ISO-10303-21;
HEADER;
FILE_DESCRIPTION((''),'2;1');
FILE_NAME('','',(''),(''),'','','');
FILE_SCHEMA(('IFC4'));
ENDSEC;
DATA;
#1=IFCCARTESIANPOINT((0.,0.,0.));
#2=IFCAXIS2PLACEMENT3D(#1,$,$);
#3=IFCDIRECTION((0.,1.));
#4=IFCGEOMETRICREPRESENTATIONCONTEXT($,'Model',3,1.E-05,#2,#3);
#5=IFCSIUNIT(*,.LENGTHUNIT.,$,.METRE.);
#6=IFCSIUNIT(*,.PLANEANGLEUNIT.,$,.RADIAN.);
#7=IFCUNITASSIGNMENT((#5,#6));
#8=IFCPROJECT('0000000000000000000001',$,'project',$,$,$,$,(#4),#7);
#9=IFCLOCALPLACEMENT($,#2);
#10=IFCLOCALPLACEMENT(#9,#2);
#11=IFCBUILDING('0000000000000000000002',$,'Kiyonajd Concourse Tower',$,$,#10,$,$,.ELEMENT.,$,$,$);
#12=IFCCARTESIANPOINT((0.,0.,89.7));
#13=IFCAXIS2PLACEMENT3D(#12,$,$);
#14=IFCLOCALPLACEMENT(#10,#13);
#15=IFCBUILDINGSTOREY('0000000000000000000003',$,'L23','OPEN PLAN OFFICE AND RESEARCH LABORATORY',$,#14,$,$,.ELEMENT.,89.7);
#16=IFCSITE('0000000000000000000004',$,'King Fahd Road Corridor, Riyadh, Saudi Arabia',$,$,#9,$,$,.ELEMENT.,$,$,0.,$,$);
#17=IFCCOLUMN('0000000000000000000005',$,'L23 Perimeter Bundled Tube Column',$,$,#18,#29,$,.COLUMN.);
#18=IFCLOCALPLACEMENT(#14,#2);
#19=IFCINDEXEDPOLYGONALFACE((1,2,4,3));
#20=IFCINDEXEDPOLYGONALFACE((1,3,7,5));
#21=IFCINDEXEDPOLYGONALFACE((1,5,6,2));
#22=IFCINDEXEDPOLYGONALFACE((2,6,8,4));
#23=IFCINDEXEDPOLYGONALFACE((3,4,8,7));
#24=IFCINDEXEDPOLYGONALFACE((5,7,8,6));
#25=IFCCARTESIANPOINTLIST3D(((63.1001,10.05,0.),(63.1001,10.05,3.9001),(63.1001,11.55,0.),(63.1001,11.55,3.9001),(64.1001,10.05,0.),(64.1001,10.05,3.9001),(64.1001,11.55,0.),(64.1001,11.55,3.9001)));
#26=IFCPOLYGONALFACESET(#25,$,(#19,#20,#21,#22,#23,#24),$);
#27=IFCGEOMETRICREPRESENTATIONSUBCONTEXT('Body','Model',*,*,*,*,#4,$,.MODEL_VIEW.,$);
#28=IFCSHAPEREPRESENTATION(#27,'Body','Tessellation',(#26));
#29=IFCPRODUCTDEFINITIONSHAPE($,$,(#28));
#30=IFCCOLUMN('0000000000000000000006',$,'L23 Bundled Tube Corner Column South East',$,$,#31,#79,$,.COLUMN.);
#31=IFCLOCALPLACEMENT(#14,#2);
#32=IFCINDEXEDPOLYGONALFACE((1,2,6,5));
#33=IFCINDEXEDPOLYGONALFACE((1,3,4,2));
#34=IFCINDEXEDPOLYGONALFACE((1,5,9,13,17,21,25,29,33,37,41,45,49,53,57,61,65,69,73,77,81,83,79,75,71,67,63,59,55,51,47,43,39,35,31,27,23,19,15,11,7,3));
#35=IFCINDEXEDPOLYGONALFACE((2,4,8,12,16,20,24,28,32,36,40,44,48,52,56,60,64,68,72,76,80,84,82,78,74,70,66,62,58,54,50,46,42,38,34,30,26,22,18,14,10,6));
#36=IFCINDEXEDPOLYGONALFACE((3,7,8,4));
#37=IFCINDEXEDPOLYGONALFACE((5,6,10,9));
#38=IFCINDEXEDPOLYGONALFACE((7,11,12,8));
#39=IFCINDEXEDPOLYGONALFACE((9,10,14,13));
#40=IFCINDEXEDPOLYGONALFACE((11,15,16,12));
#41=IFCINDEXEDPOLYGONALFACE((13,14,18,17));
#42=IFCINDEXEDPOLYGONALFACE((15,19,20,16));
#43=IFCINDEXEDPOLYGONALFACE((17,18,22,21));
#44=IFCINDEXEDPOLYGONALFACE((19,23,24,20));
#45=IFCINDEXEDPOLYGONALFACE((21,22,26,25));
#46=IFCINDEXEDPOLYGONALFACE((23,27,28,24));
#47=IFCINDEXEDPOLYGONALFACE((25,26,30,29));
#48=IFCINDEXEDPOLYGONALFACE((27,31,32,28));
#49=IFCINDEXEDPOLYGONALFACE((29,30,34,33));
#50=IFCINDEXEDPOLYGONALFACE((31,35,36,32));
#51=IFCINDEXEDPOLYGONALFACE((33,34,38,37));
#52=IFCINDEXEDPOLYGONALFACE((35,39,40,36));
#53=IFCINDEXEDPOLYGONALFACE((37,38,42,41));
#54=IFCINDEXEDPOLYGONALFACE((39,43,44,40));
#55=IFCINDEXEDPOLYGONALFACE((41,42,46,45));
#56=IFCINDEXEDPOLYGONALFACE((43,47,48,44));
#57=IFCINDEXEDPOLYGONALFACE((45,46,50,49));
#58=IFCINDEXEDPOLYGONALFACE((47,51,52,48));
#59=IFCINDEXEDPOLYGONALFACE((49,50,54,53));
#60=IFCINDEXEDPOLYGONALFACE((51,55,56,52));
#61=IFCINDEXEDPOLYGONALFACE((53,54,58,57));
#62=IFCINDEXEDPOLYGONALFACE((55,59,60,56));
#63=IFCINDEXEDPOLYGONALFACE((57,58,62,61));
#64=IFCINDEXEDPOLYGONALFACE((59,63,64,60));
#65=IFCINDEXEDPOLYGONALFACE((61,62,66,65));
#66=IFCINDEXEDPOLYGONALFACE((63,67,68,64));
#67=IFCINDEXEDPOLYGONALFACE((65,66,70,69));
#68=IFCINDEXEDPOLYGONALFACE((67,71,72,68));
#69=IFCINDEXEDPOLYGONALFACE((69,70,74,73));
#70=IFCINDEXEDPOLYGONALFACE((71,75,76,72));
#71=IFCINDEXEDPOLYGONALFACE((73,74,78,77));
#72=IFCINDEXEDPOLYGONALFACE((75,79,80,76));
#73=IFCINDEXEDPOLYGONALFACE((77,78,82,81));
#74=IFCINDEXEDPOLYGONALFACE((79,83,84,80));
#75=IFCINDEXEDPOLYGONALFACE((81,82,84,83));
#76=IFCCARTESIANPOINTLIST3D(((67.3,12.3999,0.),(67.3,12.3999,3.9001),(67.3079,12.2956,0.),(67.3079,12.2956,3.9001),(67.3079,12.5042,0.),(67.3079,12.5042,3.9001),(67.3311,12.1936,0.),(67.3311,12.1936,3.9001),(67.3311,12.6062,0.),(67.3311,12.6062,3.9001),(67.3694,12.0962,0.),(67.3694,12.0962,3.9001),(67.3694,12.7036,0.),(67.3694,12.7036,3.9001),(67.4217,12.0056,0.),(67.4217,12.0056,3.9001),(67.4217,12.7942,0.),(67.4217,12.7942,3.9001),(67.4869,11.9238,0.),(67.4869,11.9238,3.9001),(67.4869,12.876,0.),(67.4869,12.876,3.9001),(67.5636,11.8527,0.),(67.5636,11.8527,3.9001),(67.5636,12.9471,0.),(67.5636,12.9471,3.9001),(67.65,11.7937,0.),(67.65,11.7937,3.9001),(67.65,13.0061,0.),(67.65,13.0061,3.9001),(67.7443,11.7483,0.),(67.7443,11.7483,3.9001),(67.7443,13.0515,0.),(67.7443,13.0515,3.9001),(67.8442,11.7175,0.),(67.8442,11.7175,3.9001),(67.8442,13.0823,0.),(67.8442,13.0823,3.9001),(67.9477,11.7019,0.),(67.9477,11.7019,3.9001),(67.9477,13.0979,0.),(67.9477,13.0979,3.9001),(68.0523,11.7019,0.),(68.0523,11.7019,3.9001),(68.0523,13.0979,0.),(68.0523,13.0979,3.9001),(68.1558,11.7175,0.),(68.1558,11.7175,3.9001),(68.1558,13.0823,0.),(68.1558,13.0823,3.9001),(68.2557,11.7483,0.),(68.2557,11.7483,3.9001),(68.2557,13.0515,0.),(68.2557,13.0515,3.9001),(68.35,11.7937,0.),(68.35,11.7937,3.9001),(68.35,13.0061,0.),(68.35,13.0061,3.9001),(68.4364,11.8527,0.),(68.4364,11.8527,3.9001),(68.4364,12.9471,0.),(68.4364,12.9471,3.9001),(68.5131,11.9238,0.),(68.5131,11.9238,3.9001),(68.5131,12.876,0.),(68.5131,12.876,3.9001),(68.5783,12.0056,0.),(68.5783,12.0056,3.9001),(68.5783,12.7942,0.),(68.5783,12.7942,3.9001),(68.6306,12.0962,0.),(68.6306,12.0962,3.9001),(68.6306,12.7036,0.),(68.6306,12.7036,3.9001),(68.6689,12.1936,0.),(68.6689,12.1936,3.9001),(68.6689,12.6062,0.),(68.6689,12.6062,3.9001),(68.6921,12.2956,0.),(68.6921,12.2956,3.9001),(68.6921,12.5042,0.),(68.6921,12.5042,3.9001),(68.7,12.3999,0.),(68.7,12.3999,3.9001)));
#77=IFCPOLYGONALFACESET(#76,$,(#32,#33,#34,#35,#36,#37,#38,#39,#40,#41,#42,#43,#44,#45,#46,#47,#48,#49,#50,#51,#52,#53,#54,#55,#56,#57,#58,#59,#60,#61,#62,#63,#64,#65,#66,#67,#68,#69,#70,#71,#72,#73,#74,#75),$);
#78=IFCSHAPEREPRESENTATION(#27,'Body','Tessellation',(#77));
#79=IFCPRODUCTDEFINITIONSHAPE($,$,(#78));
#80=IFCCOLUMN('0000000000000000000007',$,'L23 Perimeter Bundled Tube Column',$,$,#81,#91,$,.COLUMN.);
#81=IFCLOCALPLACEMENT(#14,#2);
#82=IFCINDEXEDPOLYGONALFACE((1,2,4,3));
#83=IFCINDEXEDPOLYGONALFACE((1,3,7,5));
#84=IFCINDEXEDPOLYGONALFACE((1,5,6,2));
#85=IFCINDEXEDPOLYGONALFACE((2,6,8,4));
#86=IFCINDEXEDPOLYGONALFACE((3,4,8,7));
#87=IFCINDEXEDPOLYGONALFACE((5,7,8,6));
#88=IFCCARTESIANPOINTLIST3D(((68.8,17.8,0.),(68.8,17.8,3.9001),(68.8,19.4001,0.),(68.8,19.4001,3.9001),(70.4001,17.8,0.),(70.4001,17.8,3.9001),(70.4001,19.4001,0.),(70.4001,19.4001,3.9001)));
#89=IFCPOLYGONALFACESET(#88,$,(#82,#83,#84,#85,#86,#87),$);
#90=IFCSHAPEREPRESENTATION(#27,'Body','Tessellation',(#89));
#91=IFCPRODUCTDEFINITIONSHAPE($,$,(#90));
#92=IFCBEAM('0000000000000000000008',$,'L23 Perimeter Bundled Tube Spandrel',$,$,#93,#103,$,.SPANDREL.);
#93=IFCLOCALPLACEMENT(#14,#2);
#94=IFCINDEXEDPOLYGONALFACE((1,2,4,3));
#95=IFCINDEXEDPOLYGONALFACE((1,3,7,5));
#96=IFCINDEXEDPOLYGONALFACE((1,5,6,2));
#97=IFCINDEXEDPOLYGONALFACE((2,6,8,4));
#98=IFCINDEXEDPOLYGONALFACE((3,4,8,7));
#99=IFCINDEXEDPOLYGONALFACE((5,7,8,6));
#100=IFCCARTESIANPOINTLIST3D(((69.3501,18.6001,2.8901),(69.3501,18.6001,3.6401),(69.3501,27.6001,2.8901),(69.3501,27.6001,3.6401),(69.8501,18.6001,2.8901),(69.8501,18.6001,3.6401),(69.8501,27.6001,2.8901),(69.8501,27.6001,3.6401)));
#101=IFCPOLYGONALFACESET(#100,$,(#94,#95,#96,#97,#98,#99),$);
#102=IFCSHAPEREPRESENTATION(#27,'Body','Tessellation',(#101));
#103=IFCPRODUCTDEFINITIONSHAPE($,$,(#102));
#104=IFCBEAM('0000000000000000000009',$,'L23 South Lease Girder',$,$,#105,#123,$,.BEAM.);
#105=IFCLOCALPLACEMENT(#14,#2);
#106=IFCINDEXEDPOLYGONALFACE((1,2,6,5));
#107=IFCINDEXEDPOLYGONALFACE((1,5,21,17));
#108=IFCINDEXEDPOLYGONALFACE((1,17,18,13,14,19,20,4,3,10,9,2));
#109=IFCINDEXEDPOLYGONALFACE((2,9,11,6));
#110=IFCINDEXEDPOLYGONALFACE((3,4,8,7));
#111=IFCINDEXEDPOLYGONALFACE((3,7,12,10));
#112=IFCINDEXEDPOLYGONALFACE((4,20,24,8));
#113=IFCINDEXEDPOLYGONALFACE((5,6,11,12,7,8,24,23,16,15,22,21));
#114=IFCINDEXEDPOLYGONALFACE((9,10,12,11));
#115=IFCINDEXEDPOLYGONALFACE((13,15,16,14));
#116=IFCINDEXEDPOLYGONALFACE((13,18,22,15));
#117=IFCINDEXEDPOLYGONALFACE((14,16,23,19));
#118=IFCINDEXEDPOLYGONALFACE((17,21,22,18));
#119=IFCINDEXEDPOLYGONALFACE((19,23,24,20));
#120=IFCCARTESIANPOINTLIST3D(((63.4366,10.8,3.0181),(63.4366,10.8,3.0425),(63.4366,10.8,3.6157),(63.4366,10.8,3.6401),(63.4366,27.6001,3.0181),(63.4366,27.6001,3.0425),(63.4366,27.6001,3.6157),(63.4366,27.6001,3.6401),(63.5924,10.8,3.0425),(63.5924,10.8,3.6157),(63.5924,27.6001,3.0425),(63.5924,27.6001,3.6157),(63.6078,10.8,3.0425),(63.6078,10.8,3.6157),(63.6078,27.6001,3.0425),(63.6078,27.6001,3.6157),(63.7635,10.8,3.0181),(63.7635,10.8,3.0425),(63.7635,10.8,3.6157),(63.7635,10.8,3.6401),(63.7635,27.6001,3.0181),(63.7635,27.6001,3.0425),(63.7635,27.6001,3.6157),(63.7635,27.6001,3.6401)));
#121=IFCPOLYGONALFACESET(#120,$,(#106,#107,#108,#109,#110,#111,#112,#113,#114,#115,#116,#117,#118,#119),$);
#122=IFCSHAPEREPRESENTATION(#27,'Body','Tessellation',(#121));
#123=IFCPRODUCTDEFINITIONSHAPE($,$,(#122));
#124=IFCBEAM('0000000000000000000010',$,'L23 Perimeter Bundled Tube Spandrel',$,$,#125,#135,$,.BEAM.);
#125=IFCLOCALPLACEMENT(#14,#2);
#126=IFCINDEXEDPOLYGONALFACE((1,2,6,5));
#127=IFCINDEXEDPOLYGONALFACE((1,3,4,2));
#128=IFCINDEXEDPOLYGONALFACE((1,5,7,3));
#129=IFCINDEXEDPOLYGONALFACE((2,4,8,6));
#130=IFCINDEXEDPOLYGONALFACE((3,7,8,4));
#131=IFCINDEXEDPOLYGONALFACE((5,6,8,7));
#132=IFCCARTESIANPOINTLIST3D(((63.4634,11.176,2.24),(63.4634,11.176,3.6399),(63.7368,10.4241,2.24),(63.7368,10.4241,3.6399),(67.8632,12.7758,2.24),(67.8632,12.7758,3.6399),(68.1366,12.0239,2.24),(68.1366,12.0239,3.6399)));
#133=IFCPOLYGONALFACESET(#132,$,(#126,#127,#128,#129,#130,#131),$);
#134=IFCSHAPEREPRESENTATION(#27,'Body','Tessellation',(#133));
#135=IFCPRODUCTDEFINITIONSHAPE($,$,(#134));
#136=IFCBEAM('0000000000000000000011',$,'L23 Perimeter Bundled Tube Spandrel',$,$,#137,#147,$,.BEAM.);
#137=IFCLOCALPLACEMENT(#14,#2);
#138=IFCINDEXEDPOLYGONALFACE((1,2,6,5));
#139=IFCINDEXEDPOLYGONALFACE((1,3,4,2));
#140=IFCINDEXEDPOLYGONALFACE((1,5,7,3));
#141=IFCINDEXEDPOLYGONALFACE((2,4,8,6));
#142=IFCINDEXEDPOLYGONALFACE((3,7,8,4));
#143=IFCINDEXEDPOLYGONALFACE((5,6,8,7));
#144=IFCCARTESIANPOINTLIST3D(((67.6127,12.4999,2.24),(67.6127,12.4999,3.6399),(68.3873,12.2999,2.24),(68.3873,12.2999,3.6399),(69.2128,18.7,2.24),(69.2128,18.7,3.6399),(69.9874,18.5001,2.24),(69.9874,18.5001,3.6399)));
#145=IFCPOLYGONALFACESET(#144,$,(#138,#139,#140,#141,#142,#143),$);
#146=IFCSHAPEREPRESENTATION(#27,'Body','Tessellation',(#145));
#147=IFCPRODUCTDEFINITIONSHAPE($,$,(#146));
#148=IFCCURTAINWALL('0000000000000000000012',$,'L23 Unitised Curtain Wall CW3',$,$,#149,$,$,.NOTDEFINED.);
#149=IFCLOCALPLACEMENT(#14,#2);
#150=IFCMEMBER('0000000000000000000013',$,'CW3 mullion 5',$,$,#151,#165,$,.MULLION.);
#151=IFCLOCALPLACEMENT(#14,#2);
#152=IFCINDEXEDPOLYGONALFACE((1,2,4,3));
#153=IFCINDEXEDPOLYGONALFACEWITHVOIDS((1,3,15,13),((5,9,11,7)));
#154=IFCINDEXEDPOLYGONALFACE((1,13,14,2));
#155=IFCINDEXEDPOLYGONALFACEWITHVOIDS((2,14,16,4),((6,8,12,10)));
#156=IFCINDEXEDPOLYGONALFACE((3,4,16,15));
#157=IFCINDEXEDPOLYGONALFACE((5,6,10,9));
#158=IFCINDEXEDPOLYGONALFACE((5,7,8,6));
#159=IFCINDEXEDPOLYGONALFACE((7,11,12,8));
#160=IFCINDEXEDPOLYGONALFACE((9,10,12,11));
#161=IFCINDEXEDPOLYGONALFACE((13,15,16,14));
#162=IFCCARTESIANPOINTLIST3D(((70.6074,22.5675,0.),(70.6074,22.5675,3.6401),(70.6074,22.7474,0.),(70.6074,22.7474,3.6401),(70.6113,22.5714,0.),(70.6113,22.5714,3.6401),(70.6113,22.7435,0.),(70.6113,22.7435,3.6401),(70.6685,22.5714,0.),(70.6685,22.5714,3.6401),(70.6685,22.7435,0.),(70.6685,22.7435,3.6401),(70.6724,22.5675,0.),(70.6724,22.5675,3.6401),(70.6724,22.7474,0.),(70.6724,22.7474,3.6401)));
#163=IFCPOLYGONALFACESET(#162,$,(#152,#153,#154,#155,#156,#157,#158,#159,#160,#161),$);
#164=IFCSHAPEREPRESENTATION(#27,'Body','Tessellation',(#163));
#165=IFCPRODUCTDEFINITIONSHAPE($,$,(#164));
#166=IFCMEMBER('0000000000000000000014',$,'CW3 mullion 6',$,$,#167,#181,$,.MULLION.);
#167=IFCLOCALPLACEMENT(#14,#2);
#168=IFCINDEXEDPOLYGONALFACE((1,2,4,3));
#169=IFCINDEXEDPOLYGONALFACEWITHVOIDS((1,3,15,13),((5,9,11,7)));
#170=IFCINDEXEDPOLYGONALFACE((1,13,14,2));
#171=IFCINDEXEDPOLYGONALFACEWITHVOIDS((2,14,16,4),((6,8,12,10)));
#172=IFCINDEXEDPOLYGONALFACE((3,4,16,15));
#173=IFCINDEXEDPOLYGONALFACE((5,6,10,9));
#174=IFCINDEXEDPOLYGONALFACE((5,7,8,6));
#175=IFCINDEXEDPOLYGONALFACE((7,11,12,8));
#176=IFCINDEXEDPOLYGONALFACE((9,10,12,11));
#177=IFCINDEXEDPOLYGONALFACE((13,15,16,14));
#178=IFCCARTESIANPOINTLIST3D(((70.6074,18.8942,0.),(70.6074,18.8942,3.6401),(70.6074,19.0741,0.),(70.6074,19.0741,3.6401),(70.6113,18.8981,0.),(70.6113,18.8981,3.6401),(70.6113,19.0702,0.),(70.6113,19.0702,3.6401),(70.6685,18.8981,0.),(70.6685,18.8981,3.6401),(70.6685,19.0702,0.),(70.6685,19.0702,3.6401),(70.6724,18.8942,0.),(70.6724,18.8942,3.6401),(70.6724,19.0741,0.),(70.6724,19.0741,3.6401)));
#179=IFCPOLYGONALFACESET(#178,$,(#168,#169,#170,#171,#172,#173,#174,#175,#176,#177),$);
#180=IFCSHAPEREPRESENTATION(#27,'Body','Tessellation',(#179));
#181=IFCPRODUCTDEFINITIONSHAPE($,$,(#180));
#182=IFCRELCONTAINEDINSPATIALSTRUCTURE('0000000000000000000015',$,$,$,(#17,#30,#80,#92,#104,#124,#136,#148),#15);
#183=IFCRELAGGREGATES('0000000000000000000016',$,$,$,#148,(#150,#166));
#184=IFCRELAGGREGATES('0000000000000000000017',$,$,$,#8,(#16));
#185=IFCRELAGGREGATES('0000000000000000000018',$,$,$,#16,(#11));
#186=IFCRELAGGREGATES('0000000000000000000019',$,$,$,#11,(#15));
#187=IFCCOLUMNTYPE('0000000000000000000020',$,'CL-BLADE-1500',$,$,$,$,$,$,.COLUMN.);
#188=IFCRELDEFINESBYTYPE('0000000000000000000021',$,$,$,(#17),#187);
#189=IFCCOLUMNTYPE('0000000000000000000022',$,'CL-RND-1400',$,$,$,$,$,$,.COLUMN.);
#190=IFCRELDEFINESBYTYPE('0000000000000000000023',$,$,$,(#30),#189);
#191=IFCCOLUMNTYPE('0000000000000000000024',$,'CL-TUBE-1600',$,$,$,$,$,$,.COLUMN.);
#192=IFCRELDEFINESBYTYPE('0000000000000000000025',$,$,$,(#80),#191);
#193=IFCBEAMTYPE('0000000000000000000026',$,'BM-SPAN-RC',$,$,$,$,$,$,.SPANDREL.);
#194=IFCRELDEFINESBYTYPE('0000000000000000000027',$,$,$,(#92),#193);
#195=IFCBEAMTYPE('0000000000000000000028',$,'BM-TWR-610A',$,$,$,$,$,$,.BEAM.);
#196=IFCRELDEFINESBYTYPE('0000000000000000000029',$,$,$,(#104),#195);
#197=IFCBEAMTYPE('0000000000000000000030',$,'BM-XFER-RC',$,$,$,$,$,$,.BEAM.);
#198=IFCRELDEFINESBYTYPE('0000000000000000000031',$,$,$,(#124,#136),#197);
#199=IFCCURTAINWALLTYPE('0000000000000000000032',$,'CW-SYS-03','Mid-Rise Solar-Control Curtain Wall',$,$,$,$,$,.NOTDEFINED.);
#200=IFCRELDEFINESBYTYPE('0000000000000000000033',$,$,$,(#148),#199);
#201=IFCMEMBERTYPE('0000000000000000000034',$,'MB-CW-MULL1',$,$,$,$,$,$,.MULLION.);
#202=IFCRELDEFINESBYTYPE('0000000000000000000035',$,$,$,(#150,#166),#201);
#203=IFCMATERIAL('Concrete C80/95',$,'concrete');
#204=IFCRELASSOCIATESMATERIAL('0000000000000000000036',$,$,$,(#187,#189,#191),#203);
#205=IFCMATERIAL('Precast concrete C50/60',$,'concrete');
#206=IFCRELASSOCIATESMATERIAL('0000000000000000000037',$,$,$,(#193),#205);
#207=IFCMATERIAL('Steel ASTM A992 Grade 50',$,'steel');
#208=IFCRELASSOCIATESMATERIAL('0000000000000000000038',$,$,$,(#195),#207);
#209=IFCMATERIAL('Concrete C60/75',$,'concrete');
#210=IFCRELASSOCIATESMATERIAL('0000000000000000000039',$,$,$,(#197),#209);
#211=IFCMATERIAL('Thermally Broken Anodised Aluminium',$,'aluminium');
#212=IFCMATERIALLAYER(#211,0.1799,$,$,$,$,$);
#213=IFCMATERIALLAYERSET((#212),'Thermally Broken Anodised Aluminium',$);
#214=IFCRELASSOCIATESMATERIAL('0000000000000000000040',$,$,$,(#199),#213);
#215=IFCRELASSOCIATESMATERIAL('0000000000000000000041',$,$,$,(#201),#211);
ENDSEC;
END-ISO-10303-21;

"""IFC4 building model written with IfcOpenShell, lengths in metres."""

from ifc_helpers import new_model, si_unit, direction, frame, origin, origin_2d, place, context, subcontext, project, spatial, rectangle, hollow_rectangle, circle, i_section, extrude, material, layer, layer_set, material_profile, profile_set, type_object, element, aggregate, save


model = new_model("IFC4")

# Units and contexts
model_context = context("Model", 3, precision=1e-05, world=origin(), true_north=direction((0.0, 1.0)))
body_context = subcontext(model_context, "Body", "Model", "MODEL_VIEW")
ifc_project = project(units=[si_unit("LENGTHUNIT", "METRE"), si_unit("PLANEANGLEUNIT", "RADIAN")], contexts=[model_context])

# Site, building, storey
site_placement = place(None, origin())
site = spatial("IfcSite", under=ifc_project, at=site_placement, Name="King Fahd Road Corridor, Riyadh, Saudi Arabia", CompositionType="ELEMENT", RefElevation=0.0)
building_placement = place(site_placement, origin())
building = spatial("IfcBuilding", under=site, at=building_placement, Name="Kiyonajd Concourse Tower", CompositionType="ELEMENT")
storey_placement = place(building_placement, frame((0.0, 0.0, 89.7)))
storey = spatial("IfcBuildingStorey", under=building, at=storey_placement, Name="L23", Description="OPEN PLAN OFFICE AND RESEARCH LABORATORY", CompositionType="ELEMENT", Elevation=89.7)

# Columns
ifc_material_1 = material(Name="Concrete C80/95", Category="concrete")
ifc_material_profile_1 = material_profile(ifc_material_1, rectangle(XDim=1.0, YDim=1.5, at=origin_2d()), Name="RC-1500x1000")
ifc_profile_set_1 = profile_set([ifc_material_profile_1], Name="Concrete C80/95")
column_type_1 = type_object("IfcColumnType", Name="CL-BLADE-1500", PredefinedType="COLUMN", material=ifc_profile_set_1)
column_1_placement = place(storey_placement, frame((63.6001, 10.8, 0.0), z_axis=(0.0, 0.0, 1.0), x_axis=(1.0, 0.0, 0.0)))
element("IfcColumn", 1, at=column_1_placement, inside=storey, type_object=column_type_1, Name="L23 Perimeter Bundled Tube Column", PredefinedType="COLUMN", context=body_context, shape_type="SweptSolid", body=[
    extrude(rectangle(XDim=1.0, YDim=1.5, at=origin_2d()), origin(), (0.0, 0.0, 1.0), 3.9001),
])
ifc_material_profile_2 = material_profile(ifc_material_1, circle(Radius=0.7, at=origin_2d()), Name="RCC-D1400")
ifc_profile_set_2 = profile_set([ifc_material_profile_2], Name="Concrete C80/95")
column_type_2 = type_object("IfcColumnType", Name="CL-RND-1400", PredefinedType="COLUMN", material=ifc_profile_set_2)
column_2_placement = place(storey_placement, frame((68.0, 12.3999, 0.0), z_axis=(0.0, 0.0, 1.0), x_axis=(1.0, 0.0, 0.0)))
element("IfcColumn", 2, at=column_2_placement, inside=storey, type_object=column_type_2, Name="L23 Bundled Tube Corner Column South East", PredefinedType="COLUMN", context=body_context, shape_type="SweptSolid", body=[
    extrude(circle(Radius=0.7, at=origin_2d()), origin(), (0.0, 0.0, 1.0), 3.9001),
])
ifc_material_profile_3 = material_profile(ifc_material_1, rectangle(XDim=1.6001, YDim=1.6001, at=origin_2d()), Name="RC-1600x1600")
ifc_profile_set_3 = profile_set([ifc_material_profile_3], Name="Concrete C80/95")
column_type_3 = type_object("IfcColumnType", Name="CL-TUBE-1600", PredefinedType="COLUMN", material=ifc_profile_set_3)
column_3_placement = place(storey_placement, frame((69.6001, 18.6001, 0.0), z_axis=(0.0, 0.0, 1.0), x_axis=(1.0, 0.0, 0.0)))
element("IfcColumn", 3, at=column_3_placement, inside=storey, type_object=column_type_3, Name="L23 Perimeter Bundled Tube Column", PredefinedType="COLUMN", context=body_context, shape_type="SweptSolid", body=[
    extrude(rectangle(XDim=1.6001, YDim=1.6001, at=origin_2d()), origin(), (0.0, 0.0, 1.0), 3.9001),
])

# Beams
ifc_material_2 = material(Name="Precast concrete C50/60", Category="concrete")
ifc_material_profile_4 = material_profile(ifc_material_2, rectangle(XDim=0.5, YDim=0.75, at=origin_2d()), Name="RCBM-500x750")
ifc_profile_set_4 = profile_set([ifc_material_profile_4], Name="Precast concrete C50/60")
beam_type_1 = type_object("IfcBeamType", Name="BM-SPAN-RC", PredefinedType="SPANDREL", material=ifc_profile_set_4)
beam_1_placement = place(storey_placement, frame((69.6001, 18.6001, 3.2651), z_axis=(0.0, 1.0, 0.0), x_axis=(-1.0, 0.0, 0.0)))
element("IfcBeam", 4, at=beam_1_placement, inside=storey, type_object=beam_type_1, Name="L23 Perimeter Bundled Tube Spandrel", PredefinedType="SPANDREL", context=body_context, shape_type="SweptSolid", body=[
    extrude(rectangle(XDim=0.5, YDim=0.75, at=origin_2d()), origin(), (0.0, 0.0, 1.0), 9.0),
])
ifc_material_3 = material(Name="Steel ASTM A992 Grade 50", Category="steel")
ifc_material_profile_5 = material_profile(ifc_material_3, i_section(OverallWidth=0.3269, OverallDepth=0.6221, WebThickness=0.0154, FlangeThickness=0.0244, at=origin_2d()), Name="W610X195")
ifc_profile_set_5 = profile_set([ifc_material_profile_5], Name="Steel ASTM A992 Grade 50")
beam_type_2 = type_object("IfcBeamType", Name="BM-TWR-610A", PredefinedType="BEAM", material=ifc_profile_set_5)
beam_2_placement = place(storey_placement, frame((63.6001, 10.8, 3.3291), z_axis=(0.0, 1.0, 0.0), x_axis=(-1.0, 0.0, 0.0)))
element("IfcBeam", 5, at=beam_2_placement, inside=storey, type_object=beam_type_2, Name="L23 South Lease Girder", PredefinedType="BEAM", context=body_context, shape_type="SweptSolid", body=[
    extrude(i_section(OverallWidth=0.3269, OverallDepth=0.6221, WebThickness=0.0154, FlangeThickness=0.0244, at=origin_2d()), origin(), (0.0, 0.0, 1.0), 16.8),
])
ifc_material_4 = material(Name="Concrete C60/75", Category="concrete")
ifc_material_profile_6 = material_profile(ifc_material_4, rectangle(XDim=0.8, YDim=1.3999, at=origin_2d()), Name="RCBM-800x1400")
ifc_profile_set_6 = profile_set([ifc_material_profile_6], Name="Concrete C60/75")
beam_type_3 = type_object("IfcBeamType", Name="BM-XFER-RC", PredefinedType="BEAM", material=ifc_profile_set_6)
beam_3_placement = place(storey_placement, frame((63.6001, 10.8, 2.9399), z_axis=(0.939801, 0.341722, 0.0), x_axis=(-0.341722, 0.939801, 0.0)))
element("IfcBeam", 6, at=beam_3_placement, inside=storey, type_object=beam_type_3, Name="L23 Perimeter Bundled Tube Spandrel", PredefinedType="BEAM", context=body_context, shape_type="SweptSolid", body=[
    extrude(rectangle(XDim=0.8, YDim=1.3999, at=origin_2d()), origin(), (0.0, 0.0, 1.0), 4.6816),
])
beam_4_placement = place(storey_placement, frame((68.0, 12.3999, 2.9399), z_axis=(0.249885, 0.968276, 0.0), x_axis=(-0.968276, 0.249885, 0.0)))
element("IfcBeam", 7, at=beam_4_placement, inside=storey, type_object=beam_type_3, Name="L23 Perimeter Bundled Tube Spandrel", PredefinedType="BEAM", context=body_context, shape_type="SweptSolid", body=[
    extrude(rectangle(XDim=0.8, YDim=1.3999, at=origin_2d()), origin(), (0.0, 0.0, 1.0), 6.4033),
])

# Curtain wall, members
ifc_material_5 = material(Name="Thermally Broken Anodised Aluminium", Category="aluminium")
ifc_layer_1 = layer(ifc_material_5, 0.1799)
ifc_layer_set_1 = layer_set([ifc_layer_1], Name="Thermally Broken Anodised Aluminium")
curtain_wall_type = type_object("IfcCurtainWallType", Name="CW-SYS-03", Description="Mid-Rise Solar-Control Curtain Wall", PredefinedType="NOTDEFINED", material=ifc_layer_set_1)
curtain_wall_placement = place(storey_placement, origin())
curtain_wall = element("IfcCurtainWall", 8, at=curtain_wall_placement, inside=storey, type_object=curtain_wall_type, Name="L23 Unitised Curtain Wall CW3", PredefinedType="NOTDEFINED")
ifc_material_profile_7 = material_profile(ifc_material_5, hollow_rectangle(XDim=0.0649, YDim=0.1799, WallThickness=0.0039, at=origin_2d()), Name="MULL-65x180")
ifc_profile_set_7 = profile_set([ifc_material_profile_7], Name="Thermally Broken Anodised Aluminium")
member_type_1 = type_object("IfcMemberType", Name="MB-CW-MULL1", PredefinedType="MULLION", material=ifc_profile_set_7)
member_1_placement = place(storey_placement, frame((70.6399, 22.6575, 0.0), z_axis=(0.0, 0.0, 1.0), x_axis=(1.0, 0.0, 0.0)))
member_1 = element("IfcMember", 9, at=member_1_placement, type_object=member_type_1, Name="CW3 mullion 5", PredefinedType="MULLION", context=body_context, shape_type="SweptSolid", body=[
    extrude(hollow_rectangle(XDim=0.0649, YDim=0.1799, WallThickness=0.0039, at=origin_2d()), origin(), (0.0, 0.0, 1.0), 3.6401),
])
member_2_placement = place(storey_placement, frame((70.6399, 18.9841, 0.0), z_axis=(0.0, 0.0, 1.0), x_axis=(1.0, 0.0, 0.0)))
member_2 = element("IfcMember", 10, at=member_2_placement, type_object=member_type_1, Name="CW3 mullion 6", PredefinedType="MULLION", context=body_context, shape_type="SweptSolid", body=[
    extrude(hollow_rectangle(XDim=0.0649, YDim=0.1799, WallThickness=0.0039, at=origin_2d()), origin(), (0.0, 0.0, 1.0), 3.6401),
])
aggregate(curtain_wall, [member_1, member_2])

save(model, "model.ifc")
